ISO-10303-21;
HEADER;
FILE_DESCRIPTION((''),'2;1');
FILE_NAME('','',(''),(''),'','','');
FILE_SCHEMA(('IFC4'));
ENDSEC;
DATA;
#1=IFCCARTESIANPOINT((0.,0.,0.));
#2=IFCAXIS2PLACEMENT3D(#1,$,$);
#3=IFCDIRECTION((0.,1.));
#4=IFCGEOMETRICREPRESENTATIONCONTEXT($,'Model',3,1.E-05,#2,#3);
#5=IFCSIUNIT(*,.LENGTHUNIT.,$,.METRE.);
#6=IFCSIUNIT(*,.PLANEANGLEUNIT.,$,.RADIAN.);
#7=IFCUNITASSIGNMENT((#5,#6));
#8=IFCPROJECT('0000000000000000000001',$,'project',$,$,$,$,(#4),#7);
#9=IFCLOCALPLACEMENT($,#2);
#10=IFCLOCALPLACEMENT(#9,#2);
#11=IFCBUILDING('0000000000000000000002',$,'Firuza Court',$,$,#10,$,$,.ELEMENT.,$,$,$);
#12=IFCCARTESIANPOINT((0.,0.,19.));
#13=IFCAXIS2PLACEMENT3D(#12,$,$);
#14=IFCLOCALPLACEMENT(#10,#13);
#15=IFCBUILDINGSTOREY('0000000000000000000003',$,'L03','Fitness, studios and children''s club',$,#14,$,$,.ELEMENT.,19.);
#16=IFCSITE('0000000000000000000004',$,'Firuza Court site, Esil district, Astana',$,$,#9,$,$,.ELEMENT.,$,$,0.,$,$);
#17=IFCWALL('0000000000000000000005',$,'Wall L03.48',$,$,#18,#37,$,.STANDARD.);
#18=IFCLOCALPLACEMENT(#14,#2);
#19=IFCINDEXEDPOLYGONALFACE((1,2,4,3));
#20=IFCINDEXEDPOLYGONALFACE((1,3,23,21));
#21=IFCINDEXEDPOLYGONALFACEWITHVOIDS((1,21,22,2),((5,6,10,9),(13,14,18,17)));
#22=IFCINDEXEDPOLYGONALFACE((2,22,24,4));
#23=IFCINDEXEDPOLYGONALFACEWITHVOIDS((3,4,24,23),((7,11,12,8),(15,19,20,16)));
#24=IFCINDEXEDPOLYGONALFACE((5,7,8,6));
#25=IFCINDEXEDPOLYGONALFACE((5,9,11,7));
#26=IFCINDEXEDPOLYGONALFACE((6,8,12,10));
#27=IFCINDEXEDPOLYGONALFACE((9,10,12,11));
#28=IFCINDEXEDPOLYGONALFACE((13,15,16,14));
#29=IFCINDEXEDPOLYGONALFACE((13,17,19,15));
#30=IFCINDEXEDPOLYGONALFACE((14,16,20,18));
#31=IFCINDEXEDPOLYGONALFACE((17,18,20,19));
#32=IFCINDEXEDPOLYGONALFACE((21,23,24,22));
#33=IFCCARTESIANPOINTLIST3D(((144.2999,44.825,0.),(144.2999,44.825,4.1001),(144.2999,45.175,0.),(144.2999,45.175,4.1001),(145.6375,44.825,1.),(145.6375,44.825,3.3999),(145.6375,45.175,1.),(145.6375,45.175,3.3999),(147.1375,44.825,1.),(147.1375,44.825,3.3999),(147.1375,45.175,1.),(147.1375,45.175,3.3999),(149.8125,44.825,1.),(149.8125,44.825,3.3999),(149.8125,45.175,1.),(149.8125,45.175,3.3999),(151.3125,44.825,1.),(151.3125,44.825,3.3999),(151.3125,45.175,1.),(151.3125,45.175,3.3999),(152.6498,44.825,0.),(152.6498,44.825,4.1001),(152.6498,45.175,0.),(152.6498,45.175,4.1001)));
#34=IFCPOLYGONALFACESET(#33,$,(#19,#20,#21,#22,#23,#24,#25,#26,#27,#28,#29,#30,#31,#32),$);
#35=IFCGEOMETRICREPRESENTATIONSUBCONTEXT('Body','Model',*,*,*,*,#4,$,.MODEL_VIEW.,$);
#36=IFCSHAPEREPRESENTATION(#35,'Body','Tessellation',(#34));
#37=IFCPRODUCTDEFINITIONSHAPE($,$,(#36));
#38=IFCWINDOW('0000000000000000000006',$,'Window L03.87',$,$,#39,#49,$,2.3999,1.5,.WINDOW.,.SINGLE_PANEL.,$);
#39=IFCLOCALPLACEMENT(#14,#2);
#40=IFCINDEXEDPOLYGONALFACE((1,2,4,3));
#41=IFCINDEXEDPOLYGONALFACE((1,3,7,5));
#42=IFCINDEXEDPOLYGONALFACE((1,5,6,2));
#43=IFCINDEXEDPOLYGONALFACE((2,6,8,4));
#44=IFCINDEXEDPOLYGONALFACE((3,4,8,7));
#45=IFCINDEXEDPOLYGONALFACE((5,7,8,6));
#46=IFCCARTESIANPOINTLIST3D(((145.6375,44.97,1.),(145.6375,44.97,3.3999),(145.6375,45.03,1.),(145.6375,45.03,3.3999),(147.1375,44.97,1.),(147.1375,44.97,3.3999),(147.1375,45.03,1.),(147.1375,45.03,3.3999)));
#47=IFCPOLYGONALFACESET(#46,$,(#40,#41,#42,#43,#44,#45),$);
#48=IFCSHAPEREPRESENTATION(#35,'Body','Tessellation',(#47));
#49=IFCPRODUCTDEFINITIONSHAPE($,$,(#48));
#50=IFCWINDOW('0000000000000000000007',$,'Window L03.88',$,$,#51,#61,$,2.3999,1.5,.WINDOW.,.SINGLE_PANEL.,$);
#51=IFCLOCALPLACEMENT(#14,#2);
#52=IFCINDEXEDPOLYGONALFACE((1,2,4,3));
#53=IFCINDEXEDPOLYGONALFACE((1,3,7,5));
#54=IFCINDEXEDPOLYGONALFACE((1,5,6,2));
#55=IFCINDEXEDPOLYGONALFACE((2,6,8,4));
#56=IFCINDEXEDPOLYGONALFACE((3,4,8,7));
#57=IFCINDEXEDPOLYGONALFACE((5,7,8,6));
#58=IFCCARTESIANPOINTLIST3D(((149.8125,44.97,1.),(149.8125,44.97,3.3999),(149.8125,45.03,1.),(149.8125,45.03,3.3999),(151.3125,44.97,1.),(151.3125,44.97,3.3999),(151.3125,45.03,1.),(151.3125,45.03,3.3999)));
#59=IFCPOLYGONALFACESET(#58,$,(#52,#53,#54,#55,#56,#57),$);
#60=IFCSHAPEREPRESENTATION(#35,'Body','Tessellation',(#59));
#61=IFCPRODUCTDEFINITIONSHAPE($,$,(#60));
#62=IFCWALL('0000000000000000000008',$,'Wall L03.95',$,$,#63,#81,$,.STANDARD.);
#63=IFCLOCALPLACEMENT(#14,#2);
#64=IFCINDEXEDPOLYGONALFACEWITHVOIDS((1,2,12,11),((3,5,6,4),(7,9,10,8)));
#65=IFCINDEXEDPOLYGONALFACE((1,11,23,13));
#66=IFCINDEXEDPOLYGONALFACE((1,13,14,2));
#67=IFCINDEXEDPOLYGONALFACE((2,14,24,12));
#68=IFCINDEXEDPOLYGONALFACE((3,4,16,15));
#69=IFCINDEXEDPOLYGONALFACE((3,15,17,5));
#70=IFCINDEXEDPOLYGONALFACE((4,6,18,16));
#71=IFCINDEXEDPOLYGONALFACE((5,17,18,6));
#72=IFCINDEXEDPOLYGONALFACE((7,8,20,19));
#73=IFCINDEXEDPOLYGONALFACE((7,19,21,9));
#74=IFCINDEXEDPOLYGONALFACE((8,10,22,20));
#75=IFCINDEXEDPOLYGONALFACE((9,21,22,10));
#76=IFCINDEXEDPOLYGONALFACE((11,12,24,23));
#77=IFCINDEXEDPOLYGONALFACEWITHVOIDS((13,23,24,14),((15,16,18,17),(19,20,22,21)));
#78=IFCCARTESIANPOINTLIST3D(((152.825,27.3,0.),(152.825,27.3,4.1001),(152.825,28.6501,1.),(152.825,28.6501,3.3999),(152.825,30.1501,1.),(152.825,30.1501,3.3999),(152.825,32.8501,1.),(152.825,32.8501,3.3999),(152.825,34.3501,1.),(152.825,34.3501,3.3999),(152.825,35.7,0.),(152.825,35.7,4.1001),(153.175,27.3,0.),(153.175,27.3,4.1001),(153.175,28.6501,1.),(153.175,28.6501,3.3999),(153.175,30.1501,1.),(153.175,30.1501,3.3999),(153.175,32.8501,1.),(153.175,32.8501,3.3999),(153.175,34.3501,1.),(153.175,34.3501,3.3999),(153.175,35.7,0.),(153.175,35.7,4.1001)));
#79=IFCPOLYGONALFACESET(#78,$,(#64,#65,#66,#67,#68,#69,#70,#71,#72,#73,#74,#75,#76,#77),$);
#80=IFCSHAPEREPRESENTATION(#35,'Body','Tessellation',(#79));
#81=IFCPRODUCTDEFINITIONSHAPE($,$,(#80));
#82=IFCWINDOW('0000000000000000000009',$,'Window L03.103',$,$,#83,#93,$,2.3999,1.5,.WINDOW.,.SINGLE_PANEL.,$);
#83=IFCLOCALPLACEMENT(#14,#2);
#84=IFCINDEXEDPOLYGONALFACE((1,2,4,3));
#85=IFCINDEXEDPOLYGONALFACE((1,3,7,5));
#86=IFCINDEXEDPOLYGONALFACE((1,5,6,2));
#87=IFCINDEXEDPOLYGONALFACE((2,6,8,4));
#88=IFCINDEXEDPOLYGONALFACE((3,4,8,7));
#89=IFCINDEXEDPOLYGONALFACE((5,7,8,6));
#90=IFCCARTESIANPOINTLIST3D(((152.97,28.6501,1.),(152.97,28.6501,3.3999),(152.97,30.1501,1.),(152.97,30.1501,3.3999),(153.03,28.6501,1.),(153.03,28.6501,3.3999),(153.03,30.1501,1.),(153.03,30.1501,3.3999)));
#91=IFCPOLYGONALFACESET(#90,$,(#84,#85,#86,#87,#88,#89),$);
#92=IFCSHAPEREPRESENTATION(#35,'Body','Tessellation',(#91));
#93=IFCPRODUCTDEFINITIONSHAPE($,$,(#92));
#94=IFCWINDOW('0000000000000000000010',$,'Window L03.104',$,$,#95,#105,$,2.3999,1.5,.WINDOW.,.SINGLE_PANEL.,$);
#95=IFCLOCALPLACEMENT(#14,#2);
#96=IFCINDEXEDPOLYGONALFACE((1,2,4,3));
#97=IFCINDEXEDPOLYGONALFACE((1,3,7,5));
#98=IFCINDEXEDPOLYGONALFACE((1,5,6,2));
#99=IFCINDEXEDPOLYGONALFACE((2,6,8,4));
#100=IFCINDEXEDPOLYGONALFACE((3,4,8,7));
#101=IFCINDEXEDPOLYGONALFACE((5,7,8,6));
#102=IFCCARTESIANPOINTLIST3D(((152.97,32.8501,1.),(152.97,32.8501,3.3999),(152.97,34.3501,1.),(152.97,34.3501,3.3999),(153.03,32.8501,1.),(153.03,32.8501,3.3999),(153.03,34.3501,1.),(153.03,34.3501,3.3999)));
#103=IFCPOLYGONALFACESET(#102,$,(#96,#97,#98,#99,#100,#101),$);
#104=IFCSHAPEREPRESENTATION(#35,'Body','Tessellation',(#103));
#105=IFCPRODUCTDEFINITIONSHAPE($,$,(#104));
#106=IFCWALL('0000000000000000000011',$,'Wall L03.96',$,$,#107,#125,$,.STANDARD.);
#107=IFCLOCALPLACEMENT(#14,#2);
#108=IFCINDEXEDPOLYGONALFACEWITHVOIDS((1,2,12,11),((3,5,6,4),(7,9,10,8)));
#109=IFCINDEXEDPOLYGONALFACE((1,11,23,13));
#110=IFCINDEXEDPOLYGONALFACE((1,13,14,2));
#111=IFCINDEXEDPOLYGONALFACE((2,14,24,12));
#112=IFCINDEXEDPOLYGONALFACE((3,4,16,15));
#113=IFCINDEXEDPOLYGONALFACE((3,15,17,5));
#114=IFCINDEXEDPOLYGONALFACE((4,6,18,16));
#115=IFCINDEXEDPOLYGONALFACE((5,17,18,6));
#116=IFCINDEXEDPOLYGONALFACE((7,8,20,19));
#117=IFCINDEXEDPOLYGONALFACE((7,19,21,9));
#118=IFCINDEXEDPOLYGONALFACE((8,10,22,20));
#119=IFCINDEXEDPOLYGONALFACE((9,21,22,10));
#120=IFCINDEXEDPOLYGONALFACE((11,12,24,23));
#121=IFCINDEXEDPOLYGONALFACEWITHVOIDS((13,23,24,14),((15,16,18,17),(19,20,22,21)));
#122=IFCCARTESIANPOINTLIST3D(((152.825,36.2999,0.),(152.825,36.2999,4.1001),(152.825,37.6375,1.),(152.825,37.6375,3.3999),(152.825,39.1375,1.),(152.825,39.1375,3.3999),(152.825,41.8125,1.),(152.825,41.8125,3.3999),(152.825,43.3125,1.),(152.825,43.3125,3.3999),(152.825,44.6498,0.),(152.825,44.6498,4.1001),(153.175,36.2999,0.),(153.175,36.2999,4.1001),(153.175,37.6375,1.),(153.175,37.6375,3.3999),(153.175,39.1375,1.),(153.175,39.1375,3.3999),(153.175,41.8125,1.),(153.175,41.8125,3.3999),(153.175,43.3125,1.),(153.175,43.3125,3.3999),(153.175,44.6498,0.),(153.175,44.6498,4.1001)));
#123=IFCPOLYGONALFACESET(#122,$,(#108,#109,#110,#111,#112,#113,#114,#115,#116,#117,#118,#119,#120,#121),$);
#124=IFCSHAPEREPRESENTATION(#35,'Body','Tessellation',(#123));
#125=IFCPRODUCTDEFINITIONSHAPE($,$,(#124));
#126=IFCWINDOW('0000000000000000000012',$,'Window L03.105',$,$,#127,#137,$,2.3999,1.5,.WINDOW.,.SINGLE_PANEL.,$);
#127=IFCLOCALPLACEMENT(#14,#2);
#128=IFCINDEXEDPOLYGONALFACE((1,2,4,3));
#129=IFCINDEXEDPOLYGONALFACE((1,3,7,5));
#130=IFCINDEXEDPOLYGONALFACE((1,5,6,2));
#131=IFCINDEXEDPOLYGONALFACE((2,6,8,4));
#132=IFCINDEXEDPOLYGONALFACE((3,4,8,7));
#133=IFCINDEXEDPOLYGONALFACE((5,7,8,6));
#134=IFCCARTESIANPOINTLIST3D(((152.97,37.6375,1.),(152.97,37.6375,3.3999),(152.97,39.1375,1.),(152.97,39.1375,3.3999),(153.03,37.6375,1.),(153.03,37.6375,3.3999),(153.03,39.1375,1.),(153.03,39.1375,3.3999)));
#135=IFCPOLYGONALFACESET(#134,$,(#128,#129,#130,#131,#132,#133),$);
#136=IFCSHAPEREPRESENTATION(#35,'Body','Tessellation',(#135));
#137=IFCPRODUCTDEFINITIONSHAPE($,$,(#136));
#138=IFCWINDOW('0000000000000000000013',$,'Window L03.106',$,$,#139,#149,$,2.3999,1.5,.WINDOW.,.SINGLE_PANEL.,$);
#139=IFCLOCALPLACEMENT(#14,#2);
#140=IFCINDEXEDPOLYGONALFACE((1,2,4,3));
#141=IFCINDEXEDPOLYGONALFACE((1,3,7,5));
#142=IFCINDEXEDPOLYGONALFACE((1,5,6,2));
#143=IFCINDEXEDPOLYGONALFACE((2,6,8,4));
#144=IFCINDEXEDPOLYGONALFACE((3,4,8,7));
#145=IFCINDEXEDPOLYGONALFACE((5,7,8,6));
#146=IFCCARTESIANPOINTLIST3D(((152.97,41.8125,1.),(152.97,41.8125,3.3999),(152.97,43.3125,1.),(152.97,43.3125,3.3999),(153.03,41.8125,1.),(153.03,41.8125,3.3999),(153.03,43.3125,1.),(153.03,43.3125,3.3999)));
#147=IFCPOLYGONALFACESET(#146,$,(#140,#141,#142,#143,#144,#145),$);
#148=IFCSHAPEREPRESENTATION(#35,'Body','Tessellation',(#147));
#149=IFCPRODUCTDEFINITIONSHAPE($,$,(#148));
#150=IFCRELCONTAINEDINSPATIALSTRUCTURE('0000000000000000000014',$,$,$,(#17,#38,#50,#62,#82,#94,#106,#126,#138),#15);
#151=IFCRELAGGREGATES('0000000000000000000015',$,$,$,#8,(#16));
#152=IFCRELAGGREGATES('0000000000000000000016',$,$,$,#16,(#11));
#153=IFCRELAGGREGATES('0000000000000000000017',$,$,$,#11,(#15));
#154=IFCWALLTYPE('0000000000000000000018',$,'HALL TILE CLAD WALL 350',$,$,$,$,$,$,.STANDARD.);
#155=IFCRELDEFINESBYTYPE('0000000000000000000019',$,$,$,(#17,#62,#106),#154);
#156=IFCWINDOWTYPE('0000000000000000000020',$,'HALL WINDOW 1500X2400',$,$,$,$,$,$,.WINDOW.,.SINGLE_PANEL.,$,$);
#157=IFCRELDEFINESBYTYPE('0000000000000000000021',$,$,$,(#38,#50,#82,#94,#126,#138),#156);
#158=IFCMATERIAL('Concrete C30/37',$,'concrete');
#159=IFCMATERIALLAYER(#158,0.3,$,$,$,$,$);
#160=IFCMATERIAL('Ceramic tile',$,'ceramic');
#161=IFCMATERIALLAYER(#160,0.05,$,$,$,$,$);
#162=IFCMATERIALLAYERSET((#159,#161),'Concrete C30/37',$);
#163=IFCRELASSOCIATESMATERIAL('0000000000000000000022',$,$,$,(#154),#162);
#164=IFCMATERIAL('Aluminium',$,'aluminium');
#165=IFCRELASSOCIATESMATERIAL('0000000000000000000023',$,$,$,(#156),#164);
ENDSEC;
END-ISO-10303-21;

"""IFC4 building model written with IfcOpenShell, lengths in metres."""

from ifc_helpers import new_model, si_unit, direction, frame, frame_2d, origin, place, context, subcontext, project, spatial, rectangle, extrude, material, layer, layer_set, type_object, element, fill, save


model = new_model("IFC4")

# Units and contexts
model_context = context("Model", 3, precision=1e-05, world=origin(), true_north=direction((0.0, 1.0)))
body_context = subcontext(model_context, "Body", "Model", "MODEL_VIEW")
ifc_project = project(units=[si_unit("LENGTHUNIT", "METRE"), si_unit("PLANEANGLEUNIT", "RADIAN")], contexts=[model_context])

# Site, building, storey
site_placement = place(None, origin())
site = spatial("IfcSite", under=ifc_project, at=site_placement, Name="Firuza Court site, Esil district, Astana", CompositionType="ELEMENT", RefElevation=0.0)
building_placement = place(site_placement, origin())
building = spatial("IfcBuilding", under=site, at=building_placement, Name="Firuza Court", CompositionType="ELEMENT")
storey_placement = place(building_placement, frame((0.0, 0.0, 19.0)))
storey = spatial("IfcBuildingStorey", under=building, at=storey_placement, Name="L03", Description="Fitness, studios and children's club", CompositionType="ELEMENT", Elevation=19.0)

# Shared definitions
ifc_material_1 = material(Name="Concrete C30/37", Category="concrete")
ifc_layer_1 = layer(ifc_material_1, 0.3)
ifc_material_2 = material(Name="Ceramic tile", Category="ceramic")
ifc_layer_2 = layer(ifc_material_2, 0.05)
ifc_layer_set_1 = layer_set([ifc_layer_1, ifc_layer_2], Name="Concrete C30/37")
wall_type_1 = type_object("IfcWallType", Name="HALL TILE CLAD WALL 350", PredefinedType="STANDARD", material=ifc_layer_set_1)

# Walls, openings, windows
wall_1_placement = place(storey_placement, frame((144.3, 45.0, 0.0), z_axis=(0.0, 0.0, 1.0), x_axis=(1.0, 0.0, 0.0)))
wall_1 = element("IfcWall", 1, at=wall_1_placement, inside=storey, type_object=wall_type_1, Name="Wall L03.48", PredefinedType="STANDARD", context=body_context, shape_type="SweptSolid", body=[
    extrude(rectangle(XDim=8.3499, YDim=0.3501, at=frame_2d((4.1748, 0.0))), origin(), (0.0, 0.0, 1.0), 4.1001),
])
opening_1_placement = place(wall_1_placement, frame((1.3374, 0.0, 1.0)))
opening_1 = element("IfcOpeningElement", 2, at=opening_1_placement, cuts=wall_1, PredefinedType="OPENING", context=body_context, shape_type="SweptSolid", body=[
    extrude(rectangle(XDim=1.5, YDim=2.3999, at=frame_2d((0.75, 1.2))), frame((0.0, 0.187, 0.0), z_axis=(0.0, -1.0, 0.0), x_axis=(1.0, 0.0, 0.0)), (0.0, 0.0, 1.0), 0.374),
])
opening_2_placement = place(wall_1_placement, frame((5.5125, 0.0, 1.0)))
opening_2 = element("IfcOpeningElement", 3, at=opening_2_placement, cuts=wall_1, PredefinedType="OPENING", context=body_context, shape_type="SweptSolid", body=[
    extrude(rectangle(XDim=1.5, YDim=2.3999, at=frame_2d((0.75, 1.2))), frame((0.0, 0.187, 0.0), z_axis=(0.0, -1.0, 0.0), x_axis=(1.0, 0.0, 0.0)), (0.0, 0.0, 1.0), 0.374),
])
ifc_material_3 = material(Name="Aluminium", Category="aluminium")
window_type = type_object("IfcWindowType", Name="HALL WINDOW 1500X2400", PartitioningType="SINGLE_PANEL", PredefinedType="WINDOW", material=ifc_material_3)
window_1_placement = place(opening_1_placement, origin())
window_1 = element("IfcWindow", 4, at=window_1_placement, inside=storey, type_object=window_type, Name="Window L03.87", OverallHeight=2.3999, OverallWidth=1.5, PartitioningType="SINGLE_PANEL", PredefinedType="WINDOW", context=body_context, shape_type="SweptSolid", body=[
    extrude(rectangle(XDim=1.5, YDim=2.3999, at=frame_2d((0.75, 1.2))), frame((0.0, 0.03, 0.0), z_axis=(0.0, -1.0, 0.0), x_axis=(1.0, 0.0, 0.0)), (0.0, 0.0, 1.0), 0.0601),
])
fill(opening_1, window_1)
window_2_placement = place(opening_2_placement, origin())
window_2 = element("IfcWindow", 5, at=window_2_placement, inside=storey, type_object=window_type, Name="Window L03.88", OverallHeight=2.3999, OverallWidth=1.5, PartitioningType="SINGLE_PANEL", PredefinedType="WINDOW", context=body_context, shape_type="SweptSolid", body=[
    extrude(rectangle(XDim=1.5, YDim=2.3999, at=frame_2d((0.75, 1.2))), frame((0.0, 0.03, 0.0), z_axis=(0.0, -1.0, 0.0), x_axis=(1.0, 0.0, 0.0)), (0.0, 0.0, 1.0), 0.0601),
])
fill(opening_2, window_2)
wall_2_placement = place(storey_placement, frame((153.0, 27.3, 0.0), z_axis=(0.0, 0.0, 1.0), x_axis=(0.0, 1.0, 0.0)))
wall_2 = element("IfcWall", 6, at=wall_2_placement, inside=storey, type_object=wall_type_1, Name="Wall L03.95", PredefinedType="STANDARD", context=body_context, shape_type="SweptSolid", body=[
    extrude(rectangle(XDim=8.3999, YDim=0.3501, at=frame_2d((4.2, 0.0))), origin(), (0.0, 0.0, 1.0), 4.1001),
])
opening_3_placement = place(wall_2_placement, frame((1.3501, 0.0, 1.0)))
opening_3 = element("IfcOpeningElement", 7, at=opening_3_placement, cuts=wall_2, PredefinedType="OPENING", context=body_context, shape_type="SweptSolid", body=[
    extrude(rectangle(XDim=1.5, YDim=2.3999, at=frame_2d((0.75, 1.2))), frame((0.0, 0.187, 0.0), z_axis=(0.0, -1.0, 0.0), x_axis=(1.0, 0.0, 0.0)), (0.0, 0.0, 1.0), 0.374),
])
opening_4_placement = place(wall_2_placement, frame((5.55, 0.0, 1.0)))
opening_4 = element("IfcOpeningElement", 8, at=opening_4_placement, cuts=wall_2, PredefinedType="OPENING", context=body_context, shape_type="SweptSolid", body=[
    extrude(rectangle(XDim=1.5, YDim=2.3999, at=frame_2d((0.75, 1.2))), frame((0.0, 0.187, 0.0), z_axis=(0.0, -1.0, 0.0), x_axis=(1.0, 0.0, 0.0)), (0.0, 0.0, 1.0), 0.374),
])
window_3_placement = place(opening_3_placement, origin())
window_3 = element("IfcWindow", 9, at=window_3_placement, inside=storey, type_object=window_type, Name="Window L03.103", OverallHeight=2.3999, OverallWidth=1.5, PartitioningType="SINGLE_PANEL", PredefinedType="WINDOW", context=body_context, shape_type="SweptSolid", body=[
    extrude(rectangle(XDim=1.5, YDim=2.3999, at=frame_2d((0.75, 1.2))), frame((0.0, 0.03, 0.0), z_axis=(0.0, -1.0, 0.0), x_axis=(1.0, 0.0, 0.0)), (0.0, 0.0, 1.0), 0.0601),
])
fill(opening_3, window_3)
window_4_placement = place(opening_4_placement, origin())
window_4 = element("IfcWindow", 10, at=window_4_placement, inside=storey, type_object=window_type, Name="Window L03.104", OverallHeight=2.3999, OverallWidth=1.5, PartitioningType="SINGLE_PANEL", PredefinedType="WINDOW", context=body_context, shape_type="SweptSolid", body=[
    extrude(rectangle(XDim=1.5, YDim=2.3999, at=frame_2d((0.75, 1.2))), frame((0.0, 0.03, 0.0), z_axis=(0.0, -1.0, 0.0), x_axis=(1.0, 0.0, 0.0)), (0.0, 0.0, 1.0), 0.0601),
])
fill(opening_4, window_4)
wall_3_placement = place(storey_placement, frame((153.0, 36.3, 0.0), z_axis=(0.0, 0.0, 1.0), x_axis=(0.0, 1.0, 0.0)))
wall_3 = element("IfcWall", 11, at=wall_3_placement, inside=storey, type_object=wall_type_1, Name="Wall L03.96", PredefinedType="STANDARD", context=body_context, shape_type="SweptSolid", body=[
    extrude(rectangle(XDim=8.3499, YDim=0.3501, at=frame_2d((4.1748, 0.0))), origin(), (0.0, 0.0, 1.0), 4.1001),
])
opening_5_placement = place(wall_3_placement, frame((1.3374, 0.0, 1.0)))
opening_5 = element("IfcOpeningElement", 12, at=opening_5_placement, cuts=wall_3, PredefinedType="OPENING", context=body_context, shape_type="SweptSolid", body=[
    extrude(rectangle(XDim=1.5, YDim=2.3999, at=frame_2d((0.75, 1.2))), frame((0.0, 0.187, 0.0), z_axis=(0.0, -1.0, 0.0), x_axis=(1.0, 0.0, 0.0)), (0.0, 0.0, 1.0), 0.374),
])
opening_6_placement = place(wall_3_placement, frame((5.5125, 0.0, 1.0)))
opening_6 = element("IfcOpeningElement", 13, at=opening_6_placement, cuts=wall_3, PredefinedType="OPENING", context=body_context, shape_type="SweptSolid", body=[
    extrude(rectangle(XDim=1.5, YDim=2.3999, at=frame_2d((0.75, 1.2))), frame((0.0, 0.187, 0.0), z_axis=(0.0, -1.0, 0.0), x_axis=(1.0, 0.0, 0.0)), (0.0, 0.0, 1.0), 0.374),
])
window_5_placement = place(opening_5_placement, origin())
window_5 = element("IfcWindow", 14, at=window_5_placement, inside=storey, type_object=window_type, Name="Window L03.105", OverallHeight=2.3999, OverallWidth=1.5, PartitioningType="SINGLE_PANEL", PredefinedType="WINDOW", context=body_context, shape_type="SweptSolid", body=[
    extrude(rectangle(XDim=1.5, YDim=2.3999, at=frame_2d((0.75, 1.2))), frame((0.0, 0.03, 0.0), z_axis=(0.0, -1.0, 0.0), x_axis=(1.0, 0.0, 0.0)), (0.0, 0.0, 1.0), 0.0601),
])
fill(opening_5, window_5)
window_6_placement = place(opening_6_placement, origin())
window_6 = element("IfcWindow", 15, at=window_6_placement, inside=storey, type_object=window_type, Name="Window L03.106", OverallHeight=2.3999, OverallWidth=1.5, PartitioningType="SINGLE_PANEL", PredefinedType="WINDOW", context=body_context, shape_type="SweptSolid", body=[
    extrude(rectangle(XDim=1.5, YDim=2.3999, at=frame_2d((0.75, 1.2))), frame((0.0, 0.03, 0.0), z_axis=(0.0, -1.0, 0.0), x_axis=(1.0, 0.0, 0.0)), (0.0, 0.0, 1.0), 0.0601),
])
fill(opening_6, window_6)

save(model, "model.ifc")
